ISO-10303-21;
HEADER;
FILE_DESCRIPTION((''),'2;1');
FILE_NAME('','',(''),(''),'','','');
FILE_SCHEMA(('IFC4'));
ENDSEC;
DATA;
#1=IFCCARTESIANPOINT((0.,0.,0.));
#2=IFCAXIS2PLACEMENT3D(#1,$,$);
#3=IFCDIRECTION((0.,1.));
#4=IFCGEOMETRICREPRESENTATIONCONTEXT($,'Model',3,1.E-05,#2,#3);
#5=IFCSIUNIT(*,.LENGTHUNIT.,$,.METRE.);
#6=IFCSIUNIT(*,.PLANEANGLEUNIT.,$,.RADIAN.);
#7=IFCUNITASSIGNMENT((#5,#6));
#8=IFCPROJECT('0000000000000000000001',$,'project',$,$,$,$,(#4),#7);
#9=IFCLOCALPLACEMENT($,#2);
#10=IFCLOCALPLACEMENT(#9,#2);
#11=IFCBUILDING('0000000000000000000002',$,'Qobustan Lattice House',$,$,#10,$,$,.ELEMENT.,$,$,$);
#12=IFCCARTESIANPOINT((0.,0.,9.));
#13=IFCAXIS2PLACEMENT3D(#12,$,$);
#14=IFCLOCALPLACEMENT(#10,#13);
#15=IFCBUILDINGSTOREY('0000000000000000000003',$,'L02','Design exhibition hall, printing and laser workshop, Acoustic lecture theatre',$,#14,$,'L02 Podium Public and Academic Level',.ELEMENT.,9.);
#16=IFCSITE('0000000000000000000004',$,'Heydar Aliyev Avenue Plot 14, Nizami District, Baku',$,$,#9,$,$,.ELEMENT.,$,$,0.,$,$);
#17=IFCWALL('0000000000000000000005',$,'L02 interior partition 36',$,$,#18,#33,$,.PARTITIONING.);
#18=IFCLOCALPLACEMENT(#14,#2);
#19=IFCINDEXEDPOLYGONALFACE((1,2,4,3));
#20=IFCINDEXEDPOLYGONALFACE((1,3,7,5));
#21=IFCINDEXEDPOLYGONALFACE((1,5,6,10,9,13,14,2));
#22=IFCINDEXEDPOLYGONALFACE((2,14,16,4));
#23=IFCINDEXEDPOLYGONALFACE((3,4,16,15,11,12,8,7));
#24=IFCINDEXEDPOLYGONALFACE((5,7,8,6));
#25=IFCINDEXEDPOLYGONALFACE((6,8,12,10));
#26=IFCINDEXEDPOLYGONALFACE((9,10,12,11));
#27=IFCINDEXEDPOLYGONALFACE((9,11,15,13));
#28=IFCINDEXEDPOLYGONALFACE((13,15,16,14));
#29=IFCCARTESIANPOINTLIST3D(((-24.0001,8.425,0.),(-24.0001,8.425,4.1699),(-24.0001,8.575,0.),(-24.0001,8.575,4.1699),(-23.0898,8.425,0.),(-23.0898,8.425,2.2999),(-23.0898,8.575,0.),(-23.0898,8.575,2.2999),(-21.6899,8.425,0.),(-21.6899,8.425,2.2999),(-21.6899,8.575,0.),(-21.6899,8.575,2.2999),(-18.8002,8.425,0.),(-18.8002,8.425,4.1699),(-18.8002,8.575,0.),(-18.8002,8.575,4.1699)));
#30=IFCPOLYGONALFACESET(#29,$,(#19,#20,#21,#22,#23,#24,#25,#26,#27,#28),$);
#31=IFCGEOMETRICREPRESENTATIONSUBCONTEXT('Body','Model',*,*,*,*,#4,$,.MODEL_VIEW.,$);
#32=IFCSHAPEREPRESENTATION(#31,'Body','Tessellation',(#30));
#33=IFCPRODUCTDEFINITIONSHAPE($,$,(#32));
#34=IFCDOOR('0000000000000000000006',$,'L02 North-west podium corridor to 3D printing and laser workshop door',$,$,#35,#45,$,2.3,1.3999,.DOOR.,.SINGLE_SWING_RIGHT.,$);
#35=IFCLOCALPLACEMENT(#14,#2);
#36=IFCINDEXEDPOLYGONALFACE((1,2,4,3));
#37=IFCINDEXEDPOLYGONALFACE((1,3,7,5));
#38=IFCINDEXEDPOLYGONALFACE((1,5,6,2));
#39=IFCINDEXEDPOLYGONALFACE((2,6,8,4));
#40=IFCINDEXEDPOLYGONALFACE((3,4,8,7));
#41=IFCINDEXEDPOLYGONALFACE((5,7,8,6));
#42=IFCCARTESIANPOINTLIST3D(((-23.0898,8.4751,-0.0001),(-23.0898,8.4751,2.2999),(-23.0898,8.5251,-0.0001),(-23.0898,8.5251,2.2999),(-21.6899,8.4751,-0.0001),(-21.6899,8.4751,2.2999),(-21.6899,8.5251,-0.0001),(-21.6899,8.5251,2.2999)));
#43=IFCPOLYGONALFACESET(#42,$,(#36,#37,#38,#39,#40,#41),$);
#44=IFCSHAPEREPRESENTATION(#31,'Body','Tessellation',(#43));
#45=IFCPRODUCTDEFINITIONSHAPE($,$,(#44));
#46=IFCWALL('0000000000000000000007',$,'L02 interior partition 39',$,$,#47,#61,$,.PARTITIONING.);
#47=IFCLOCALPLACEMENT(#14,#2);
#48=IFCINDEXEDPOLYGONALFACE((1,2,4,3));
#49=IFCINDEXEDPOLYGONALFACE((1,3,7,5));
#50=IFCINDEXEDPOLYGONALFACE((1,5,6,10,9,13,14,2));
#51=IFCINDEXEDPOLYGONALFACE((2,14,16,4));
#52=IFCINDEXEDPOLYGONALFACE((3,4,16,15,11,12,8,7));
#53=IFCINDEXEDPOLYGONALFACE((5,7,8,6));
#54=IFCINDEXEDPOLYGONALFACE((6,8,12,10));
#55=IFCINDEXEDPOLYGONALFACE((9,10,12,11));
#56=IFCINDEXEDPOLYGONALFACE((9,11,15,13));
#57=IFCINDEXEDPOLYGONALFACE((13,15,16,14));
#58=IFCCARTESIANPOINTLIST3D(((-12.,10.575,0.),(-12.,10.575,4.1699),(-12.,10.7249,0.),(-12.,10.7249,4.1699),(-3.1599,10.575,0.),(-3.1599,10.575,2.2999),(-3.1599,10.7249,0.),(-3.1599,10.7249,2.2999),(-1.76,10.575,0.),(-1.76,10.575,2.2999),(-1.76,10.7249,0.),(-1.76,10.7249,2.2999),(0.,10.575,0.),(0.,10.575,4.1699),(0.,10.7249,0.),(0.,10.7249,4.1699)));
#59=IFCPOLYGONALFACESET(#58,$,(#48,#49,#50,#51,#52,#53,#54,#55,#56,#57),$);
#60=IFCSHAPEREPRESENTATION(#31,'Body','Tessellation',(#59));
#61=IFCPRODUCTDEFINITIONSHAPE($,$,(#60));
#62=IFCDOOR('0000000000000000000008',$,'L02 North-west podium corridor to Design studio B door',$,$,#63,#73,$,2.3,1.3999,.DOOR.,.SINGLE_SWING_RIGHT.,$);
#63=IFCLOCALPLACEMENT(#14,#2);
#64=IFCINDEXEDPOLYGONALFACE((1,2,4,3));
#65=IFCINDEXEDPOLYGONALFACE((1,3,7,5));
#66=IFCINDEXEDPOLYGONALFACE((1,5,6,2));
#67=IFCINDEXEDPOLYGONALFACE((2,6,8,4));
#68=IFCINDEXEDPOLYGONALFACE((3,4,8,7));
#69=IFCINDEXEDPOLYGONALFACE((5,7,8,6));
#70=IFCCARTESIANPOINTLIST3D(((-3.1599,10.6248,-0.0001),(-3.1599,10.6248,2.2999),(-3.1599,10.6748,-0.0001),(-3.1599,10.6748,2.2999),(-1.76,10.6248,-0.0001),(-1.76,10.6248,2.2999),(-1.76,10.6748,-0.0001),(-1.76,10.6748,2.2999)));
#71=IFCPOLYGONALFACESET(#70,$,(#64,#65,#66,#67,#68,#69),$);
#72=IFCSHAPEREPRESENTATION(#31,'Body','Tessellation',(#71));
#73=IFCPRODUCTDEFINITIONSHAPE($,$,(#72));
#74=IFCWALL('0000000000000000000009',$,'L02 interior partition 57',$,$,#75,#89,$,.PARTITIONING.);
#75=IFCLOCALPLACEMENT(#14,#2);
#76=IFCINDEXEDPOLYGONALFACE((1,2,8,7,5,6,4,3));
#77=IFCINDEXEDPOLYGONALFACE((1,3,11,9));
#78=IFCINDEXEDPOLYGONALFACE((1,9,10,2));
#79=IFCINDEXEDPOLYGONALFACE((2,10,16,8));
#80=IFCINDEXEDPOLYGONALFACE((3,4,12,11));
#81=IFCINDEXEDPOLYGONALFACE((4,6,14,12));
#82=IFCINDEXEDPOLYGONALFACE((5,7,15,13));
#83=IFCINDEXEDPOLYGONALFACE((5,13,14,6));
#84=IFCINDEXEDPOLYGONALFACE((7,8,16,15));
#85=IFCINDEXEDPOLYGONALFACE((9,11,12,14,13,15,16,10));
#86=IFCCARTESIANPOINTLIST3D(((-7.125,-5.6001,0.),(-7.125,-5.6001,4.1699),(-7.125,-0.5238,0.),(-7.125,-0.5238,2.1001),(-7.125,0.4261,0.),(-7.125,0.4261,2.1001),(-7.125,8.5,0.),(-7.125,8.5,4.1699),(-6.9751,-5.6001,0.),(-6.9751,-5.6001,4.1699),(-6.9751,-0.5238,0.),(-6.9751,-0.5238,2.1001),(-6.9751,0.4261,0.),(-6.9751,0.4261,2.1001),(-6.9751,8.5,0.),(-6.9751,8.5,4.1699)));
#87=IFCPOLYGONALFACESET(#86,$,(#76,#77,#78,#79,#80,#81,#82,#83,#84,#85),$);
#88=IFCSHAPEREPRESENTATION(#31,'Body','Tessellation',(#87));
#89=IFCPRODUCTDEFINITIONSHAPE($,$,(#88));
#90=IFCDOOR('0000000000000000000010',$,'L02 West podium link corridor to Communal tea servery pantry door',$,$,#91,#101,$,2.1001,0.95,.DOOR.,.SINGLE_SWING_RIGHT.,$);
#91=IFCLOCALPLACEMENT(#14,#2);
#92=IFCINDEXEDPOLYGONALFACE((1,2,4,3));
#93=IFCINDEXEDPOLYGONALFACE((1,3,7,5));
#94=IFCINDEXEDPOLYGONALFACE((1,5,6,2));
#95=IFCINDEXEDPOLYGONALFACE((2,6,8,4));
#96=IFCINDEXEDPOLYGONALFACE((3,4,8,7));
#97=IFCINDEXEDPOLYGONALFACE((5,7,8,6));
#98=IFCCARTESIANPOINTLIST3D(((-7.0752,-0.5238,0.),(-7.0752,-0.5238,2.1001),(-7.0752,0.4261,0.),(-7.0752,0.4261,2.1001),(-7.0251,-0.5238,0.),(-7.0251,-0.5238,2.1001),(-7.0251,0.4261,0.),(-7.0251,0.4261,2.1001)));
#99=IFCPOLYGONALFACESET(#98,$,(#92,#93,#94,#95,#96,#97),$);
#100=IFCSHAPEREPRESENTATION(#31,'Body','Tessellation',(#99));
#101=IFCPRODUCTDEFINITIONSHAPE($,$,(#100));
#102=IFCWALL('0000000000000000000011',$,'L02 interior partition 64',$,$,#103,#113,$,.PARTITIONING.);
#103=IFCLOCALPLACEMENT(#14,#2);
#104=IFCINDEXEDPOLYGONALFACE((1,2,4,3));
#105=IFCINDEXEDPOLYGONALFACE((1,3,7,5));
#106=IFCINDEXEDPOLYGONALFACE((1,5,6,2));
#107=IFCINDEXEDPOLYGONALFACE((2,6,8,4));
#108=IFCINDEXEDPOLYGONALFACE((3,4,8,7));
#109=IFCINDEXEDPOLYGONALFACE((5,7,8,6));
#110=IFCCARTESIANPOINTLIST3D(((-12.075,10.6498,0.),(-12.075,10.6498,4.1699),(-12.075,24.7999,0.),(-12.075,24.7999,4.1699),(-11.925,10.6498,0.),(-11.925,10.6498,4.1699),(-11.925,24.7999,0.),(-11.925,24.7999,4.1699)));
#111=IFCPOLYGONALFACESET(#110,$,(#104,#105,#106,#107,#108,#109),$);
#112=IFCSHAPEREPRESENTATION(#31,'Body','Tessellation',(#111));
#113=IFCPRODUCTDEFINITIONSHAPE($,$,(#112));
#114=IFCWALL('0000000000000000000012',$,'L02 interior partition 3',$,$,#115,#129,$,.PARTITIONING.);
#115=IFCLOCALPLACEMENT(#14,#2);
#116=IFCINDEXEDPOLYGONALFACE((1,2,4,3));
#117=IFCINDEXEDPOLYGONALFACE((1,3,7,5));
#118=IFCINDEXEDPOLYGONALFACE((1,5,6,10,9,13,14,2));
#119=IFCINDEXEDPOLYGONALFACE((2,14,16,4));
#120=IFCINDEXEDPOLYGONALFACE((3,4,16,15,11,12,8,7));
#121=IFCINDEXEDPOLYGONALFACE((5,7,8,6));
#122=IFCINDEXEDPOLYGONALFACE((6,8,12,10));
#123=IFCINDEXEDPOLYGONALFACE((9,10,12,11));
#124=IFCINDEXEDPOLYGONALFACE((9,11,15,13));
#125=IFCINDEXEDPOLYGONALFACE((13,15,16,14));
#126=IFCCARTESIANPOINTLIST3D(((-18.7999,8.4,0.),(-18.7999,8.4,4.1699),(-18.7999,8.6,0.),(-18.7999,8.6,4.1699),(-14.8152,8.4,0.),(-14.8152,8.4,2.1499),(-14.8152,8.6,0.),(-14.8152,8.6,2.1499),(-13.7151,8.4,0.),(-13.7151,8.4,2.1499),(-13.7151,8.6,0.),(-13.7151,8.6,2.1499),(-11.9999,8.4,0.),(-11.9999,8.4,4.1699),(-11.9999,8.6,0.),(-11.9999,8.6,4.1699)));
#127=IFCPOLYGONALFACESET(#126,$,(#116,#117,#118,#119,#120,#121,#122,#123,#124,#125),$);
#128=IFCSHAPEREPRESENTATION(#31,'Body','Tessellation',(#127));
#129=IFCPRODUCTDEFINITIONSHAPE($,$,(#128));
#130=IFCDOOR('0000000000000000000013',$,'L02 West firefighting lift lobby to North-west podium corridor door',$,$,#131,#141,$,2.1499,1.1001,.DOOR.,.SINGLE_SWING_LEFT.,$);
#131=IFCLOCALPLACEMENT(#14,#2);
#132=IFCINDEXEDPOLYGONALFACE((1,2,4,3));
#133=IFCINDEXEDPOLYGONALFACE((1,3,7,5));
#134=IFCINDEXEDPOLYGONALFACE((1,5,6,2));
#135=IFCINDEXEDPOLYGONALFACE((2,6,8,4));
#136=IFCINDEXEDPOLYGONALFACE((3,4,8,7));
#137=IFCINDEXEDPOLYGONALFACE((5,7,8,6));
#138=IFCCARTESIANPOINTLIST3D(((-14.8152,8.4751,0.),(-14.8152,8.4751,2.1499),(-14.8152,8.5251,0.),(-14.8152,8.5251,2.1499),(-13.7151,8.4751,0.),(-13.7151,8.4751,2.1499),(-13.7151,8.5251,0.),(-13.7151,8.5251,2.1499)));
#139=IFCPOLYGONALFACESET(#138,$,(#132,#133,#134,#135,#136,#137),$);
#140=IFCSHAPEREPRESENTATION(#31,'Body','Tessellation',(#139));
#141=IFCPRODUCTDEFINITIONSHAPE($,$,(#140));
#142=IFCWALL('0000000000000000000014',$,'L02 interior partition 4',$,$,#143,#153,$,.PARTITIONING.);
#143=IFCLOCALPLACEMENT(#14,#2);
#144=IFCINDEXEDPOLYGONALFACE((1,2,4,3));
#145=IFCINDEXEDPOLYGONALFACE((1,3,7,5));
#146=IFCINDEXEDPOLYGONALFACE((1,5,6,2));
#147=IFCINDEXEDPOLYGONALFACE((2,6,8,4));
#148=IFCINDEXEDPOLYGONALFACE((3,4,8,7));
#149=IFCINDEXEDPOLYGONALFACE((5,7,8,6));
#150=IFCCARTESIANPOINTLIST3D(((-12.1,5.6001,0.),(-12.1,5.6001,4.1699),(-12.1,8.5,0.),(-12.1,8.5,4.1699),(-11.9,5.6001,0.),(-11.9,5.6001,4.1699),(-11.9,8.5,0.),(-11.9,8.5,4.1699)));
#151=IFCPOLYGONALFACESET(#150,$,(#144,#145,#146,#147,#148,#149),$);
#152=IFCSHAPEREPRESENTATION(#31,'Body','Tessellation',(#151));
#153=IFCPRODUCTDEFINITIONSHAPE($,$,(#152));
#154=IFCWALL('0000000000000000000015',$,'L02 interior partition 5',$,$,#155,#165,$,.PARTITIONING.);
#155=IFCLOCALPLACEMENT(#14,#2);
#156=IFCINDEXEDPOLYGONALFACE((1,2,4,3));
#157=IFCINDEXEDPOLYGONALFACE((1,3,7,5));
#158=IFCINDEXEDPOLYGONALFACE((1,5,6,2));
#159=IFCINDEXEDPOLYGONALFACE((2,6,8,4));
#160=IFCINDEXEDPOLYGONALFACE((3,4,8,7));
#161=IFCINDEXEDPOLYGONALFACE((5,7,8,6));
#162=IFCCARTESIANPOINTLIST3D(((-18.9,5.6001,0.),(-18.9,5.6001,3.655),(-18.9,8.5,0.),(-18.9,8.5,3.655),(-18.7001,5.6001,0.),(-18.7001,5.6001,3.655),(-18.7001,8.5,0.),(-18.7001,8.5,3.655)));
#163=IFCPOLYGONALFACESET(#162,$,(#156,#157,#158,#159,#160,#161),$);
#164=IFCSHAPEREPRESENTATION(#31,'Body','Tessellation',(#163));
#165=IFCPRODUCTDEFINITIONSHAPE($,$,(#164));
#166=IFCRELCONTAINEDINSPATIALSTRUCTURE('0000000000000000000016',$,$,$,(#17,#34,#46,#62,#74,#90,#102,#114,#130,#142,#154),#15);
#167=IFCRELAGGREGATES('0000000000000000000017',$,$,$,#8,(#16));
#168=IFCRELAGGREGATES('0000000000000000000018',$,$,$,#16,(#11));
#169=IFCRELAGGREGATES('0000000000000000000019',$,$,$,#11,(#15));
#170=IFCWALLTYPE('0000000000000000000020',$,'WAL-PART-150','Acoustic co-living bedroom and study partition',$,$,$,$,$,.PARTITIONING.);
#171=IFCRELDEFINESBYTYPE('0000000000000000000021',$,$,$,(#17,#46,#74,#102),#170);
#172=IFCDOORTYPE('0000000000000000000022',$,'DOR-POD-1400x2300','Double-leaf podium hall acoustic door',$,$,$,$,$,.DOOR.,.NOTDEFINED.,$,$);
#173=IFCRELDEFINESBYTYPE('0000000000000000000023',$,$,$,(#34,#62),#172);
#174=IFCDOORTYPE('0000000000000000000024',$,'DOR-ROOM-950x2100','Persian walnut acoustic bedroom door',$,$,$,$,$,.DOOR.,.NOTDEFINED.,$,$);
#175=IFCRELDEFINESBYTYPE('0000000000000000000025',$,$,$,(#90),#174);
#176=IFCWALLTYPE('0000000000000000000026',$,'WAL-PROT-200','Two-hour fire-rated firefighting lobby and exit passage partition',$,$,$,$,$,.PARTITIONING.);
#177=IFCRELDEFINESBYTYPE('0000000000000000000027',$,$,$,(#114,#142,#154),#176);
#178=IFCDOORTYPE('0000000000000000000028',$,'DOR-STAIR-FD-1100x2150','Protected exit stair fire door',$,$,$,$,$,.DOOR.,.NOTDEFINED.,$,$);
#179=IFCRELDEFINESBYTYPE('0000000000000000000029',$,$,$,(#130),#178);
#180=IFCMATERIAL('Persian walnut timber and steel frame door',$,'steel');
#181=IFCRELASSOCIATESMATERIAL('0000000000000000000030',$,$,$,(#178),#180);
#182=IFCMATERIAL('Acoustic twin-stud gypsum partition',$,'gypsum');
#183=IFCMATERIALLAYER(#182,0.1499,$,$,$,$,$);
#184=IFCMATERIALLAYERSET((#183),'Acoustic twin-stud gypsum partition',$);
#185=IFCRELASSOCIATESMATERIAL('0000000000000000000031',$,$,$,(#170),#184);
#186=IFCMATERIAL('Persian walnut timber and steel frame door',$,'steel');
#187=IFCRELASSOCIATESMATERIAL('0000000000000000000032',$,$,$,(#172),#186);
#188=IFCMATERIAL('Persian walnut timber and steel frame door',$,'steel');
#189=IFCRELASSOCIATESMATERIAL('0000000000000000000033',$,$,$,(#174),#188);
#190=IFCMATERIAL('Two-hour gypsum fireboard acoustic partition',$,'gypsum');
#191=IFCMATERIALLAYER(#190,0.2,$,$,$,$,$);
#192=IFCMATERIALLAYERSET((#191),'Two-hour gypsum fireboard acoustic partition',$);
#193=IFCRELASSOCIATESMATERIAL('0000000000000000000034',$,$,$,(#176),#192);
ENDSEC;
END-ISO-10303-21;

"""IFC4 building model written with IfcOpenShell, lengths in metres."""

from ifc_helpers import new_model, si_unit, direction, frame, frame_2d, origin, place, context, subcontext, project, spatial, rectangle, extrude, material, layer, layer_set, type_object, element, fill, save


model = new_model("IFC4")

# Units and contexts
model_context = context("Model", 3, precision=1e-05, world=origin(), true_north=direction((0.0, 1.0)))
body_context = subcontext(model_context, "Body", "Model", "MODEL_VIEW")
ifc_project = project(units=[si_unit("LENGTHUNIT", "METRE"), si_unit("PLANEANGLEUNIT", "RADIAN")], contexts=[model_context])

# Site, building, storey
site_placement = place(None, origin())
site = spatial("IfcSite", under=ifc_project, at=site_placement, Name="Heydar Aliyev Avenue Plot 14, Nizami District, Baku", CompositionType="ELEMENT", RefElevation=0.0)
building_placement = place(site_placement, origin())
building = spatial("IfcBuilding", under=site, at=building_placement, Name="Qobustan Lattice House", CompositionType="ELEMENT")
storey_placement = place(building_placement, frame((0.0, 0.0, 9.0)))
storey = spatial("IfcBuildingStorey", under=building, at=storey_placement, Name="L02", Description="Design exhibition hall, printing and laser workshop, Acoustic lecture theatre", LongName="L02 Podium Public and Academic Level", CompositionType="ELEMENT", Elevation=9.0)

# Shared definitions
ifc_material_1 = material(Name="Persian walnut timber and steel frame door", Category="steel")
door_type_1 = type_object("IfcDoorType", Name="DOR-STAIR-FD-1100x2150", Description="Protected exit stair fire door", OperationType="NOTDEFINED", PredefinedType="DOOR", material=ifc_material_1)

# Walls, openings, doors
ifc_material_2 = material(Name="Acoustic twin-stud gypsum partition", Category="gypsum")
ifc_layer_1 = layer(ifc_material_2, 0.1499)
ifc_layer_set_1 = layer_set([ifc_layer_1], Name="Acoustic twin-stud gypsum partition")
wall_type_1 = type_object("IfcWallType", Name="WAL-PART-150", Description="Acoustic co-living bedroom and study partition", PredefinedType="PARTITIONING", material=ifc_layer_set_1)
wall_1_placement = place(storey_placement, frame((-18.8, 8.5, 0.0), z_axis=(0.0, 0.0, 1.0), x_axis=(-1.0, 0.0, 0.0)))
wall_1 = element("IfcWall", 1, at=wall_1_placement, inside=storey, type_object=wall_type_1, Name="L02 interior partition 36", PredefinedType="PARTITIONING", context=body_context, shape_type="SweptSolid", body=[
    extrude(rectangle(XDim=5.2, YDim=0.1499, at=frame_2d((2.6001, 0.0))), origin(), (0.0, 0.0, 1.0), 4.1699),
])
opening_1_placement = place(wall_1_placement, frame((2.8899, 0.0, 0.0)))
opening_1 = element("IfcOpeningElement", 2, at=opening_1_placement, cuts=wall_1, PredefinedType="OPENING", context=body_context, shape_type="SweptSolid", body=[
    extrude(rectangle(XDim=1.3999, YDim=2.3, at=frame_2d((0.7, 1.1499))), frame((0.0, 0.085, 0.0), z_axis=(0.0, -1.0, 0.0), x_axis=(1.0, 0.0, 0.0)), (0.0, 0.0, 1.0), 0.1699),
])
ifc_material_3 = material(Name="Persian walnut timber and steel frame door", Category="steel")
door_type_2 = type_object("IfcDoorType", Name="DOR-POD-1400x2300", Description="Double-leaf podium hall acoustic door", OperationType="NOTDEFINED", PredefinedType="DOOR", material=ifc_material_3)
door_1_placement = place(opening_1_placement, origin())
door_1 = element("IfcDoor", 3, at=door_1_placement, inside=storey, type_object=door_type_2, Name="L02 North-west podium corridor to 3D printing and laser workshop door", OperationType="SINGLE_SWING_RIGHT", OverallHeight=2.3, OverallWidth=1.3999, PredefinedType="DOOR", context=body_context, shape_type="SweptSolid", body=[
    extrude(rectangle(XDim=1.3999, YDim=2.3, at=frame_2d((0.7, 1.1499))), frame((0.0, 0.0249, 0.0), z_axis=(0.0, -1.0, 0.0), x_axis=(1.0, 0.0, 0.0)), (0.0, 0.0, 1.0), 0.05),
])
fill(opening_1, door_1)
wall_2_placement = place(storey_placement, frame((-12.0, 10.6499, 0.0), z_axis=(0.0, 0.0, 1.0), x_axis=(1.0, 0.0, 0.0)))
wall_2 = element("IfcWall", 4, at=wall_2_placement, inside=storey, type_object=wall_type_1, Name="L02 interior partition 39", PredefinedType="PARTITIONING", context=body_context, shape_type="SweptSolid", body=[
    extrude(rectangle(XDim=12.0, YDim=0.1499, at=frame_2d((6.0, 0.0))), origin(), (0.0, 0.0, 1.0), 4.1699),
])
opening_2_placement = place(wall_2_placement, frame((8.8401, 0.0, 0.0)))
opening_2 = element("IfcOpeningElement", 5, at=opening_2_placement, cuts=wall_2, PredefinedType="OPENING", context=body_context, shape_type="SweptSolid", body=[
    extrude(rectangle(XDim=1.3999, YDim=2.3, at=frame_2d((0.7, 1.1499))), frame((0.0, 0.085, 0.0), z_axis=(0.0, -1.0, 0.0), x_axis=(1.0, 0.0, 0.0)), (0.0, 0.0, 1.0), 0.1699),
])
door_2_placement = place(opening_2_placement, origin())
door_2 = element("IfcDoor", 6, at=door_2_placement, inside=storey, type_object=door_type_2, Name="L02 North-west podium corridor to Design studio B door", OperationType="SINGLE_SWING_RIGHT", OverallHeight=2.3, OverallWidth=1.3999, PredefinedType="DOOR", context=body_context, shape_type="SweptSolid", body=[
    extrude(rectangle(XDim=1.3999, YDim=2.3, at=frame_2d((0.7, 1.1499))), frame((0.0, 0.0249, 0.0), z_axis=(0.0, -1.0, 0.0), x_axis=(1.0, 0.0, 0.0)), (0.0, 0.0, 1.0), 0.05),
])
fill(opening_2, door_2)
wall_3_placement = place(storey_placement, frame((-7.05, 8.5, 0.0), z_axis=(0.0, 0.0, 1.0), x_axis=(0.0, -1.0, 0.0)))
wall_3 = element("IfcWall", 7, at=wall_3_placement, inside=storey, type_object=wall_type_1, Name="L02 interior partition 57", PredefinedType="PARTITIONING", context=body_context, shape_type="SweptSolid", body=[
    extrude(rectangle(XDim=14.1001, YDim=0.1499, at=frame_2d((7.05, 0.0))), origin(), (0.0, 0.0, 1.0), 4.1699),
])
opening_3_placement = place(wall_3_placement, frame((8.0737, 0.0, 0.0)))
opening_3 = element("IfcOpeningElement", 8, at=opening_3_placement, cuts=wall_3, PredefinedType="OPENING", context=body_context, shape_type="SweptSolid", body=[
    extrude(rectangle(XDim=0.95, YDim=2.1001, at=frame_2d((0.4751, 1.05))), frame((0.0, 0.085, 0.0), z_axis=(0.0, -1.0, 0.0), x_axis=(1.0, 0.0, 0.0)), (0.0, 0.0, 1.0), 0.1699),
])
ifc_material_4 = material(Name="Persian walnut timber and steel frame door", Category="steel")
door_type_3 = type_object("IfcDoorType", Name="DOR-ROOM-950x2100", Description="Persian walnut acoustic bedroom door", OperationType="NOTDEFINED", PredefinedType="DOOR", material=ifc_material_4)
door_3_placement = place(opening_3_placement, origin())
door_3 = element("IfcDoor", 9, at=door_3_placement, inside=storey, type_object=door_type_3, Name="L02 West podium link corridor to Communal tea servery pantry door", OperationType="SINGLE_SWING_RIGHT", OverallHeight=2.1001, OverallWidth=0.95, PredefinedType="DOOR", context=body_context, shape_type="SweptSolid", body=[
    extrude(rectangle(XDim=0.95, YDim=2.1001, at=frame_2d((0.4751, 1.05))), frame((0.0, 0.0249, 0.0), z_axis=(0.0, -1.0, 0.0), x_axis=(1.0, 0.0, 0.0)), (0.0, 0.0, 1.0), 0.05),
])
fill(opening_3, door_3)

# Wall
wall_4_placement = place(storey_placement, frame((-12.0, 24.8, 0.0), z_axis=(0.0, 0.0, 1.0), x_axis=(0.0, -1.0, 0.0)))
element("IfcWall", 10, at=wall_4_placement, inside=storey, type_object=wall_type_1, Name="L02 interior partition 64", PredefinedType="PARTITIONING", context=body_context, shape_type="SweptSolid", body=[
    extrude(rectangle(XDim=14.1501, YDim=0.1499, at=frame_2d((7.0752, 0.0))), origin(), (0.0, 0.0, 1.0), 4.1699),
])

# Wall, opening, door
ifc_material_5 = material(Name="Two-hour gypsum fireboard acoustic partition", Category="gypsum")
ifc_layer_2 = layer(ifc_material_5, 0.2)
ifc_layer_set_2 = layer_set([ifc_layer_2], Name="Two-hour gypsum fireboard acoustic partition")
wall_type_2 = type_object("IfcWallType", Name="WAL-PROT-200", Description="Two-hour fire-rated firefighting lobby and exit passage partition", PredefinedType="PARTITIONING", material=ifc_layer_set_2)
wall_5_placement = place(storey_placement, frame((-12.0, 8.5, 0.0), z_axis=(0.0, 0.0, 1.0), x_axis=(-1.0, 0.0, 0.0)))
wall_5 = element("IfcWall", 11, at=wall_5_placement, inside=storey, type_object=wall_type_2, Name="L02 interior partition 3", PredefinedType="PARTITIONING", context=body_context, shape_type="SweptSolid", body=[
    extrude(rectangle(XDim=6.8, YDim=0.2, at=frame_2d((3.3999, 0.0))), origin(), (0.0, 0.0, 1.0), 4.1699),
])
opening_4_placement = place(wall_5_placement, frame((1.7151, 0.0, 0.0)))
opening_4 = element("IfcOpeningElement", 12, at=opening_4_placement, cuts=wall_5, PredefinedType="OPENING", context=body_context, shape_type="SweptSolid", body=[
    extrude(rectangle(XDim=1.1001, YDim=2.1499, at=frame_2d((0.55, 1.075))), frame((0.0, 0.1099, 0.0), z_axis=(0.0, -1.0, 0.0), x_axis=(1.0, 0.0, 0.0)), (0.0, 0.0, 1.0), 0.22),
])
door_4_placement = place(opening_4_placement, origin())
door_4 = element("IfcDoor", 13, at=door_4_placement, inside=storey, type_object=door_type_1, Name="L02 West firefighting lift lobby to North-west podium corridor door", OperationType="SINGLE_SWING_LEFT", OverallHeight=2.1499, OverallWidth=1.1001, PredefinedType="DOOR", context=body_context, shape_type="SweptSolid", body=[
    extrude(rectangle(XDim=1.1001, YDim=2.1499, at=frame_2d((0.55, 1.075))), frame((0.0, 0.0249, 0.0), z_axis=(0.0, -1.0, 0.0), x_axis=(1.0, 0.0, 0.0)), (0.0, 0.0, 1.0), 0.05),
])
fill(opening_4, door_4)

# Walls
wall_6_placement = place(storey_placement, frame((-12.0, 5.6001, 0.0), z_axis=(0.0, 0.0, 1.0), x_axis=(0.0, 1.0, 0.0)))
element("IfcWall", 14, at=wall_6_placement, inside=storey, type_object=wall_type_2, Name="L02 interior partition 4", PredefinedType="PARTITIONING", context=body_context, shape_type="SweptSolid", body=[
    extrude(rectangle(XDim=2.8999, YDim=0.2, at=frame_2d((1.45, 0.0))), origin(), (0.0, 0.0, 1.0), 4.1699),
])
wall_7_placement = place(storey_placement, frame((-18.8, 8.5, 0.0), z_axis=(0.0, 0.0, 1.0), x_axis=(0.0, -1.0, 0.0)))
element("IfcWall", 15, at=wall_7_placement, inside=storey, type_object=wall_type_2, Name="L02 interior partition 5", PredefinedType="PARTITIONING", context=body_context, shape_type="SweptSolid", body=[
    extrude(rectangle(XDim=2.8999, YDim=0.2, at=frame_2d((1.45, 0.0))), origin(), (0.0, 0.0, 1.0), 3.655),
])

save(model, "model.ifc")
